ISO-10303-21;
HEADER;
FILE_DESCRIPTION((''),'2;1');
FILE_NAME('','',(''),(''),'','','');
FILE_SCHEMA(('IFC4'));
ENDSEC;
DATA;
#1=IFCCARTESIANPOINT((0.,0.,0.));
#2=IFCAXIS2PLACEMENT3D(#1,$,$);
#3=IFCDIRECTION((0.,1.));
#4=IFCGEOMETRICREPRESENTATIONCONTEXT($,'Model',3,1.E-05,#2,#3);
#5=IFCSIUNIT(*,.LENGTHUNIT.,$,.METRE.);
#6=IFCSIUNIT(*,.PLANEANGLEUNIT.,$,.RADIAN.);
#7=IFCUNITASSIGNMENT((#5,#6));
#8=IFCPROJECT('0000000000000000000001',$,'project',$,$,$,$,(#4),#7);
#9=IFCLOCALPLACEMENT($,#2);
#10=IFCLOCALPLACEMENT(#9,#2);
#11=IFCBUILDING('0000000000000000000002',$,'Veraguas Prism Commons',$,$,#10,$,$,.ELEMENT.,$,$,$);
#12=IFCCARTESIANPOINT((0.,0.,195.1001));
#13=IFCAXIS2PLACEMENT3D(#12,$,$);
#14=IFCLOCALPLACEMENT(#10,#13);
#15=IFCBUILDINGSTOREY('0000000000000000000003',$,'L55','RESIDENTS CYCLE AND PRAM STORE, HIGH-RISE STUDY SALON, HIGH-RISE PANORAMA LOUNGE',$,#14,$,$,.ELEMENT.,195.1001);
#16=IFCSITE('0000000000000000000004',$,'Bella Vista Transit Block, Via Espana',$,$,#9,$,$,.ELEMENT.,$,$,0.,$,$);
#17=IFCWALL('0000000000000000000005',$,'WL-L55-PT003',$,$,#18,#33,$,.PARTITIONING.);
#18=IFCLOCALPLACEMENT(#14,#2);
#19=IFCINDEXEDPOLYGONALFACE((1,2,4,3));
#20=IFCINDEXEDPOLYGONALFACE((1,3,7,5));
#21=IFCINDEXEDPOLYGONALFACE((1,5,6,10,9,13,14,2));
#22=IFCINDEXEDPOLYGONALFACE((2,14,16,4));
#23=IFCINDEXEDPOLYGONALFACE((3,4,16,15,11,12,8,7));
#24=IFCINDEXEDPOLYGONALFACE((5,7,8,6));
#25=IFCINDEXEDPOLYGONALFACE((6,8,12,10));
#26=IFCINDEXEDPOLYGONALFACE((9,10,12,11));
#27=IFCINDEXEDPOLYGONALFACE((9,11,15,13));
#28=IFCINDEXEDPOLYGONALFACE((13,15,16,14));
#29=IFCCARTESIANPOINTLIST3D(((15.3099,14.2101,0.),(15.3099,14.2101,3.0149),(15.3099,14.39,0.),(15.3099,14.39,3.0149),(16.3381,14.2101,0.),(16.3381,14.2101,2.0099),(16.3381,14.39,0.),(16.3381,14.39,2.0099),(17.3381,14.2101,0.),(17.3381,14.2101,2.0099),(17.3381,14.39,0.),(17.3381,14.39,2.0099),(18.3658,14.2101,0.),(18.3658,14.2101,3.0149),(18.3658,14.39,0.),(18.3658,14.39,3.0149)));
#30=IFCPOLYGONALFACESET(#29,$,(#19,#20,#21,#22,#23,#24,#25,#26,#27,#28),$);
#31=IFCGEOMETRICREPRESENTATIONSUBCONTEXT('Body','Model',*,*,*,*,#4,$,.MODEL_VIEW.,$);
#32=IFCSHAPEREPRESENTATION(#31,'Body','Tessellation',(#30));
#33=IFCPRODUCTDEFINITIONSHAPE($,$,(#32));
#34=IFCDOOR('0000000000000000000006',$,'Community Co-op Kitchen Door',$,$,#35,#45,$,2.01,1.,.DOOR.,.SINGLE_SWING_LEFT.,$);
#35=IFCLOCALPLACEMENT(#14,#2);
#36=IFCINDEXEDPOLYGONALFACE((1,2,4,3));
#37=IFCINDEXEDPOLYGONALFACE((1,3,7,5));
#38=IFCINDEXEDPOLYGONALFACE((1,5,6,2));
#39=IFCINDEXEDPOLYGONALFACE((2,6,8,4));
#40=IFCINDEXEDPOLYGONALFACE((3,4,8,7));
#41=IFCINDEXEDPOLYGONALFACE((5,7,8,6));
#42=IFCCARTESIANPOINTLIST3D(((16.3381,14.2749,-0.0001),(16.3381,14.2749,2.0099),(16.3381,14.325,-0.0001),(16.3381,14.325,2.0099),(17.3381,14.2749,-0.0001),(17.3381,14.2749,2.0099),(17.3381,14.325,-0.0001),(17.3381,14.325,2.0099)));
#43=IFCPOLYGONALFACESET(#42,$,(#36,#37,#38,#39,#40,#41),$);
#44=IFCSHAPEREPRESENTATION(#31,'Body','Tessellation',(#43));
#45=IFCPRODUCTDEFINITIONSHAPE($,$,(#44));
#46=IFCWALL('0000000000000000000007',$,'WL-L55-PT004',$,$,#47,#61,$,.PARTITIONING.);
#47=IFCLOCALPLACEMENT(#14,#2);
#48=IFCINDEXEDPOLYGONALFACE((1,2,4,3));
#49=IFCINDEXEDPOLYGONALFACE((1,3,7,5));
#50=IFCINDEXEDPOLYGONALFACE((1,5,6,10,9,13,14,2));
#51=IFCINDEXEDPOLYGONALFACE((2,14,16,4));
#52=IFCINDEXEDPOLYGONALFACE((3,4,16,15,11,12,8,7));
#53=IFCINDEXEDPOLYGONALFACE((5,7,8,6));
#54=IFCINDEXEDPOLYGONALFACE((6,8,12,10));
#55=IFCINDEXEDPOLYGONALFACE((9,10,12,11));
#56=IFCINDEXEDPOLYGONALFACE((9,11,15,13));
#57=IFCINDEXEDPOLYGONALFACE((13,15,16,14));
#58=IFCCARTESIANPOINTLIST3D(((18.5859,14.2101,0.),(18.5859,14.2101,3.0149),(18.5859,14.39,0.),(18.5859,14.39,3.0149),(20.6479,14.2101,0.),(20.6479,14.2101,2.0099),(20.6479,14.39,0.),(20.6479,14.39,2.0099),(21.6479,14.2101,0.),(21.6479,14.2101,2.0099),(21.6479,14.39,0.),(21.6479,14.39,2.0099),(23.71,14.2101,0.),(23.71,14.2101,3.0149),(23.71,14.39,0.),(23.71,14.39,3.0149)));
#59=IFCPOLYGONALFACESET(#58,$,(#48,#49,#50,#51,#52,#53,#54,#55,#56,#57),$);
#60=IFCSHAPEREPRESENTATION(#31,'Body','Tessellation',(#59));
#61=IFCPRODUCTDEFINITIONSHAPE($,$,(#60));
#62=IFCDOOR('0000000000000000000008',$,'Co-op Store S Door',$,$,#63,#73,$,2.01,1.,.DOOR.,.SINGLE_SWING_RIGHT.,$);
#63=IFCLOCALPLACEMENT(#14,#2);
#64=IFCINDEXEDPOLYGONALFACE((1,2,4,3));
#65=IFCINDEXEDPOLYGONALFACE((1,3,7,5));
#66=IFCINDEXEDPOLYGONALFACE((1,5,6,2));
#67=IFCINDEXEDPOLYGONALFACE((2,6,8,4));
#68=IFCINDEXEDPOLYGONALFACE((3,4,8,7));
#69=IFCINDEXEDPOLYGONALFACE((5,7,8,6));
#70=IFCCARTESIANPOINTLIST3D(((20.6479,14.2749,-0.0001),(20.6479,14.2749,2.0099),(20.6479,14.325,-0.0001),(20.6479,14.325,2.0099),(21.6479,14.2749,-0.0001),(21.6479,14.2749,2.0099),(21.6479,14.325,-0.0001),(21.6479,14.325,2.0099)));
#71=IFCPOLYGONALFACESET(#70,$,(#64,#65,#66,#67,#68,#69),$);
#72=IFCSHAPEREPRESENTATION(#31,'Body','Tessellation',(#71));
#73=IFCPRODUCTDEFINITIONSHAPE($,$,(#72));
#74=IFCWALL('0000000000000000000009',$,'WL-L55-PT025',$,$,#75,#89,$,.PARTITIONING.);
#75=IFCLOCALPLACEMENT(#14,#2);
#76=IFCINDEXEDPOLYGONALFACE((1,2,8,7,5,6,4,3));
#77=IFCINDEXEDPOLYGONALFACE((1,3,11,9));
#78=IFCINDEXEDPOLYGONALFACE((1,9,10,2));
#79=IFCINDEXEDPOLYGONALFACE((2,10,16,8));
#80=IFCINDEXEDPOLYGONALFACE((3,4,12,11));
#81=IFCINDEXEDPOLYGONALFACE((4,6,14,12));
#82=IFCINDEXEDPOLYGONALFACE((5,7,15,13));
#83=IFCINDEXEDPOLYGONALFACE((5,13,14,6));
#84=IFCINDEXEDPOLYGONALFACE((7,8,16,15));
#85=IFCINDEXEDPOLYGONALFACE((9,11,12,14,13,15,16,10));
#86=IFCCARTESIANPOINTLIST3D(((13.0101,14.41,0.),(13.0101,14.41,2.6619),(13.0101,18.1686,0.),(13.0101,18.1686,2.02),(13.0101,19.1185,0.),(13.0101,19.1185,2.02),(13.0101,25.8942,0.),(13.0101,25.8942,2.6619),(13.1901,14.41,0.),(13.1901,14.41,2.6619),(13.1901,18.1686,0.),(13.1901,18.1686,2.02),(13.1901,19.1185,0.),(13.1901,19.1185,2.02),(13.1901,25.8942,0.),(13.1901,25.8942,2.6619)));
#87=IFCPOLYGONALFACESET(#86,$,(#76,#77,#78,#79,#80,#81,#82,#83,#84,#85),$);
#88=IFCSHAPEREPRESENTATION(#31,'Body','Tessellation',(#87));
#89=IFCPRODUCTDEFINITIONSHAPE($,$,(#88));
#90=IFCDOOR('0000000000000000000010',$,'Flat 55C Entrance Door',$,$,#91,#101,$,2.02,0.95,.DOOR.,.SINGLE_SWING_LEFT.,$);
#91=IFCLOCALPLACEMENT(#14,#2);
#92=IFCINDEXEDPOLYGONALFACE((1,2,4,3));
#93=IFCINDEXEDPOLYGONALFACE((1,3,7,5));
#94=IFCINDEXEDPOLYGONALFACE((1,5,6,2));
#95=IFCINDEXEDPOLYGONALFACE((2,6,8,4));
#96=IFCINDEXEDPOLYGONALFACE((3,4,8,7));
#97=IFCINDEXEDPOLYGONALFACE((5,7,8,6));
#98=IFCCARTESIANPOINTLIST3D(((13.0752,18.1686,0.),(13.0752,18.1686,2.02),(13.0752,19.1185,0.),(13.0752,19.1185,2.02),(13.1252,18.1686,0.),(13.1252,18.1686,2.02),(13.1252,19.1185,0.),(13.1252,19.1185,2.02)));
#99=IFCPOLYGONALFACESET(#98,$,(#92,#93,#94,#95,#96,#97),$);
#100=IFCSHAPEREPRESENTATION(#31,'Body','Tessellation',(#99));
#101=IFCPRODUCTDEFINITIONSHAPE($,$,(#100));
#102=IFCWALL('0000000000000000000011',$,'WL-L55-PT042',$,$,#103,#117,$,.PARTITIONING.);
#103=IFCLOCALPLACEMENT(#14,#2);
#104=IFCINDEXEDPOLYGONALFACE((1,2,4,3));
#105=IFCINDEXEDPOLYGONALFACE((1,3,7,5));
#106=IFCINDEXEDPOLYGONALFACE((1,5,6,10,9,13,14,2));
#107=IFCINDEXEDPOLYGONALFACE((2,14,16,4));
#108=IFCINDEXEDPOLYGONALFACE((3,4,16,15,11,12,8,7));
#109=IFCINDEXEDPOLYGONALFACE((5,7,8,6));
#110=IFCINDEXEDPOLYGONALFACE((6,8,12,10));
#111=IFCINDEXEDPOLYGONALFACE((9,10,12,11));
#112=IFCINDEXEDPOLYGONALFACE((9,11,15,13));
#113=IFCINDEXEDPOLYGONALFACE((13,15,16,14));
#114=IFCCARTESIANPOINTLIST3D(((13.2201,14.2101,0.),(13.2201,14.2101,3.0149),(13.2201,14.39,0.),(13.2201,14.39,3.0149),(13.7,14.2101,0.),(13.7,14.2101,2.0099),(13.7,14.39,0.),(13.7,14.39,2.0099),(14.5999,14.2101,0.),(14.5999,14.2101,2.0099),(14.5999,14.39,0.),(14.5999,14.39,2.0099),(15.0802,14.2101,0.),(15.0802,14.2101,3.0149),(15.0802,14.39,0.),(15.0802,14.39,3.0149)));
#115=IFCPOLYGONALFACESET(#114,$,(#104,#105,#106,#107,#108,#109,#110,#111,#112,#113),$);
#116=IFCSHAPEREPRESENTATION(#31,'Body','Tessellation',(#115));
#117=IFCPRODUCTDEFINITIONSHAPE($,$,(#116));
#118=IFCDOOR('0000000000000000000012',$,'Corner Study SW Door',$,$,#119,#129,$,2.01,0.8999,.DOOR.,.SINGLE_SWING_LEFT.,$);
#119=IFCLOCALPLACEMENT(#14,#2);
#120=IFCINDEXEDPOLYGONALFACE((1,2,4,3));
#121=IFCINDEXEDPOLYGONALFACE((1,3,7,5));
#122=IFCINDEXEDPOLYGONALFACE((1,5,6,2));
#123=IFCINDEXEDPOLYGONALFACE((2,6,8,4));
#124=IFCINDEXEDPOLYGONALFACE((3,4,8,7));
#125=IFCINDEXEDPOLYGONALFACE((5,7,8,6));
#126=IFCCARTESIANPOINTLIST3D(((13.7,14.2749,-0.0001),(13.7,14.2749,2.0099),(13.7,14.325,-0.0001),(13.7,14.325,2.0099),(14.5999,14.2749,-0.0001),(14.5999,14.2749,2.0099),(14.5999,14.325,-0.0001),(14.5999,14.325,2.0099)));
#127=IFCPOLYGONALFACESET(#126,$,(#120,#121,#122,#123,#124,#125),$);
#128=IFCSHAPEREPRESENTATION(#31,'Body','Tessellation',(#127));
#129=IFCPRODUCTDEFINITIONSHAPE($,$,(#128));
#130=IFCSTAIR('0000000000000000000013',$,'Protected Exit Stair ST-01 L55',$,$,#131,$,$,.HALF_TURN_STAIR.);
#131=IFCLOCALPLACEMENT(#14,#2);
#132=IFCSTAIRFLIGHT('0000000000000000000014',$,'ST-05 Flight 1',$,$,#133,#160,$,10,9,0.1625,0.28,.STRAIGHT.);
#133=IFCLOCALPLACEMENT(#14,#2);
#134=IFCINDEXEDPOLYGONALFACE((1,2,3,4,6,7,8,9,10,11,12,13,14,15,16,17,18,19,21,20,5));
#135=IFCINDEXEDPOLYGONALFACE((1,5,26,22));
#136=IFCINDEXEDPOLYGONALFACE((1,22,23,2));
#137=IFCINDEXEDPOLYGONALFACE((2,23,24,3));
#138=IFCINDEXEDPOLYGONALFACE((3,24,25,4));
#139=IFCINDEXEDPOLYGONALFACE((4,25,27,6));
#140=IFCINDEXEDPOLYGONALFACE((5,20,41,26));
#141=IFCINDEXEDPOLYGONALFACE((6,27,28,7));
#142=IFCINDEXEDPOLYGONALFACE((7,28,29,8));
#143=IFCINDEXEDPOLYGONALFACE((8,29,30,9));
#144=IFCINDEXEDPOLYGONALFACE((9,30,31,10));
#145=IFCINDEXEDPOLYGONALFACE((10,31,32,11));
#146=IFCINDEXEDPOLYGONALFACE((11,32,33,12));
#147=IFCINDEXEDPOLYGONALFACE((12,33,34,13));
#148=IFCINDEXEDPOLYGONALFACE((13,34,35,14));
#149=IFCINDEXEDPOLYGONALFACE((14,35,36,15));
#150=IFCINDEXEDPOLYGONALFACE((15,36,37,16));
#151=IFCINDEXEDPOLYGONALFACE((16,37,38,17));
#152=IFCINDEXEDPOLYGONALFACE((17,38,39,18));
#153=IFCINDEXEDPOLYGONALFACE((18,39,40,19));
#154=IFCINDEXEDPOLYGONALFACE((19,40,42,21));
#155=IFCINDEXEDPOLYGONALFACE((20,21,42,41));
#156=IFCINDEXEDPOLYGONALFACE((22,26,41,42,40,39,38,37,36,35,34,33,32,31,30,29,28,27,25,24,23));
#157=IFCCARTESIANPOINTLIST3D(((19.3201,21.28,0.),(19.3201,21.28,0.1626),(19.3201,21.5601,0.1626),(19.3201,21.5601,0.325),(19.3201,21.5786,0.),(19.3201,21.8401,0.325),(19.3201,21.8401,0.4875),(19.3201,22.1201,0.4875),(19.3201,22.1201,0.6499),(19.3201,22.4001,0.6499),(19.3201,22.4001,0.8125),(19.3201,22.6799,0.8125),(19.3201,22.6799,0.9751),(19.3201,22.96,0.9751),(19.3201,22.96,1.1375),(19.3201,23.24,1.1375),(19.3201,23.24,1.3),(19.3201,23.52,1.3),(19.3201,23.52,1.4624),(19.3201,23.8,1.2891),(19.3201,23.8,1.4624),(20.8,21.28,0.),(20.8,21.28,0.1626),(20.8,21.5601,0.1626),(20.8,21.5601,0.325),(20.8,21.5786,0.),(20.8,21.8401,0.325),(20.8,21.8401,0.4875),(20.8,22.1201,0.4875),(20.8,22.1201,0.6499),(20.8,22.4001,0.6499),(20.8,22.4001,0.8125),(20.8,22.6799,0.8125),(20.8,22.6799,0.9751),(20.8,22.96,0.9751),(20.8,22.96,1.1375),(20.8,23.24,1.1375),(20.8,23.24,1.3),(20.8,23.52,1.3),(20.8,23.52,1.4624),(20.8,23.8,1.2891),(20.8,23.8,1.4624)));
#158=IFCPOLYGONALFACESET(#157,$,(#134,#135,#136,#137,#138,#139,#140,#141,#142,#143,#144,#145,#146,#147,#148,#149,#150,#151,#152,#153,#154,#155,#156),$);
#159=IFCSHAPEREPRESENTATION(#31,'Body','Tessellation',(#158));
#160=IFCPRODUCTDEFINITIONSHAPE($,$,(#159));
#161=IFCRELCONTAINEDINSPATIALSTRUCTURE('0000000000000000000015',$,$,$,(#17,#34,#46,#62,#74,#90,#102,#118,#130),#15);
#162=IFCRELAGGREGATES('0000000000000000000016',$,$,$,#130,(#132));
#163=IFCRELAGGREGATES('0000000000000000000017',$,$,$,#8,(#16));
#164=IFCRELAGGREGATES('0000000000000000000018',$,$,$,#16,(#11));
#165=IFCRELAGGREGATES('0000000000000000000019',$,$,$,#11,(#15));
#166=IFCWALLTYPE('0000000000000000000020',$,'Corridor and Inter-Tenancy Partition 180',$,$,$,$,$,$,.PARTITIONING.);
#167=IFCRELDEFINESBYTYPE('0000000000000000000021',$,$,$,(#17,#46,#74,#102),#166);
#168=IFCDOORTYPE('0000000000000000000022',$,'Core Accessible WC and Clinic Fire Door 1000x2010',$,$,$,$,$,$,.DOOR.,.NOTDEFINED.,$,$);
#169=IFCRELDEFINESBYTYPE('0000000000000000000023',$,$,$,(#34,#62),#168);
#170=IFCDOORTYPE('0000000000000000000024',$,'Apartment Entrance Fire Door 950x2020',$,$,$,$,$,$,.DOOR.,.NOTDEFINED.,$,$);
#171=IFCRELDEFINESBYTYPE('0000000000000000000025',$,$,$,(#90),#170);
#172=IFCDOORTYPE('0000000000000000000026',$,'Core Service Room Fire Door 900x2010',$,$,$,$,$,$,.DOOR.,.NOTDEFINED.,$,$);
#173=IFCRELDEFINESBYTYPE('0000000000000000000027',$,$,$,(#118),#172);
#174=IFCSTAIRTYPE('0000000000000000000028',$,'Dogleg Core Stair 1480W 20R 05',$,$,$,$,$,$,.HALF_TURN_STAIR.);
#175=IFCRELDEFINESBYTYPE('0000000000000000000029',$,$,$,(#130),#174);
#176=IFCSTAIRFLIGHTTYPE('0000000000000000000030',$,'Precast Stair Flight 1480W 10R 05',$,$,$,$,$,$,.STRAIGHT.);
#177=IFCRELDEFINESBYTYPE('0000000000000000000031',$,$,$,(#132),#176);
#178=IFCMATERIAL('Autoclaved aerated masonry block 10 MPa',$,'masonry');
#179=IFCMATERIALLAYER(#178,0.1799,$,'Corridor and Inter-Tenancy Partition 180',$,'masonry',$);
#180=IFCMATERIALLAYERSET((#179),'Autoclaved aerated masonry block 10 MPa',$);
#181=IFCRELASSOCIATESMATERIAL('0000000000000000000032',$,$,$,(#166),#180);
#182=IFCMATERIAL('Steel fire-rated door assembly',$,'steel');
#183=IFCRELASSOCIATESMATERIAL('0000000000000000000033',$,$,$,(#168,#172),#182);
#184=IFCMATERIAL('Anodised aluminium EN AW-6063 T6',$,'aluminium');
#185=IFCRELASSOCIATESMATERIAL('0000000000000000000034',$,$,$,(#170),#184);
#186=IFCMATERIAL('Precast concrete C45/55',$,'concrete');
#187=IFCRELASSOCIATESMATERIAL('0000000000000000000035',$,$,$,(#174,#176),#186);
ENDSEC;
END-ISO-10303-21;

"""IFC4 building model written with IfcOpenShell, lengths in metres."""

from ifc_helpers import new_model, si_unit, direction, frame, frame_2d, origin, place, context, subcontext, project, spatial, polyline, rectangle, outline, extrude, source, transform, mapped, material, layer, layer_set, type_object, element, fill, aggregate, save


model = new_model("IFC4")

# Units and contexts
model_context = context("Model", 3, precision=1e-05, world=origin(), true_north=direction((0.0, 1.0)))
body_context = subcontext(model_context, "Body", "Model", "MODEL_VIEW")
ifc_project = project(units=[si_unit("LENGTHUNIT", "METRE"), si_unit("PLANEANGLEUNIT", "RADIAN")], contexts=[model_context])

# Site, building, storey
site_placement = place(None, origin())
site = spatial("IfcSite", under=ifc_project, at=site_placement, Name="Bella Vista Transit Block, Via Espana", CompositionType="ELEMENT", RefElevation=0.0)
building_placement = place(site_placement, origin())
building = spatial("IfcBuilding", under=site, at=building_placement, Name="Veraguas Prism Commons", CompositionType="ELEMENT")
storey_placement = place(building_placement, frame((0.0, 0.0, 195.1001)))
storey = spatial("IfcBuildingStorey", under=building, at=storey_placement, Name="L55", Description="RESIDENTS CYCLE AND PRAM STORE, HIGH-RISE STUDY SALON, HIGH-RISE PANORAMA LOUNGE", CompositionType="ELEMENT", Elevation=195.1001)

# Shared definitions
ifc_material_1 = material(Name="Steel fire-rated door assembly", Category="steel")

# Walls, openings, doors
ifc_material_2 = material(Name="Autoclaved aerated masonry block 10 MPa", Category="masonry")
ifc_layer_1 = layer(ifc_material_2, 0.1799, Name="Corridor and Inter-Tenancy Partition 180", Category="masonry")
ifc_layer_set_1 = layer_set([ifc_layer_1], Name="Autoclaved aerated masonry block 10 MPa")
wall_type_1 = type_object("IfcWallType", Name="Corridor and Inter-Tenancy Partition 180", PredefinedType="PARTITIONING", material=ifc_layer_set_1)
wall_1_placement = place(storey_placement, frame((15.3101, 14.3, 0.0), z_axis=(0.0, 0.0, 1.0), x_axis=(1.0, 0.0, 0.0)))
wall_1 = element("IfcWall", 1, at=wall_1_placement, inside=storey, type_object=wall_type_1, Name="WL-L55-PT003", PredefinedType="PARTITIONING", context=body_context, shape_type="SweptSolid", body=[
    extrude(rectangle(XDim=3.0559, YDim=0.1799, at=frame_2d((1.5278, 0.0))), origin(), (0.0, 0.0, 1.0), 3.0149),
])
opening_1_placement = place(wall_1_placement, frame((1.0281, 0.0, 0.0)))
opening_1 = element("IfcOpeningElement", 2, at=opening_1_placement, cuts=wall_1, PredefinedType="OPENING", context=body_context, shape_type="SweptSolid", body=[
    extrude(rectangle(XDim=1.0, YDim=2.01, at=frame_2d((0.5, 1.0049))), frame((0.0, 0.0999, 0.0), z_axis=(0.0, -1.0, 0.0), x_axis=(1.0, 0.0, 0.0)), (0.0, 0.0, 1.0), 0.2),
])
door_type_1 = type_object("IfcDoorType", Name="Core Accessible WC and Clinic Fire Door 1000x2010", OperationType="NOTDEFINED", PredefinedType="DOOR", material=ifc_material_1)
shared_shape_1 = source(origin(), body_context, "Body", "SweptSolid", [
    extrude(rectangle(XDim=1.0, YDim=2.01, at=frame_2d((0.5, 1.0049))), frame((0.0, 0.0249, 0.0), z_axis=(0.0, -1.0, 0.0), x_axis=(1.0, 0.0, 0.0)), (0.0, 0.0, 1.0), 0.05),
])
door_1_placement = place(opening_1_placement, origin())
door_1 = element("IfcDoor", 3, at=door_1_placement, inside=storey, type_object=door_type_1, Name="Community Co-op Kitchen Door", OperationType="SINGLE_SWING_LEFT", OverallHeight=2.01, OverallWidth=1.0, PredefinedType="DOOR", context=body_context, shape_type="MappedRepresentation", body=[
    mapped(shared_shape_1, transform((0.0, 0.0, 0.0), scale=1.0)),
])
fill(opening_1, door_1)
wall_2_placement = place(storey_placement, frame((18.5859, 14.3, 0.0), z_axis=(0.0, 0.0, 1.0), x_axis=(1.0, 0.0, 0.0)))
wall_2 = element("IfcWall", 4, at=wall_2_placement, inside=storey, type_object=wall_type_1, Name="WL-L55-PT004", PredefinedType="PARTITIONING", context=body_context, shape_type="SweptSolid", body=[
    extrude(rectangle(XDim=5.124, YDim=0.1799, at=frame_2d((2.562, 0.0))), origin(), (0.0, 0.0, 1.0), 3.0149),
])
opening_2_placement = place(wall_2_placement, frame((2.062, 0.0, 0.0)))
opening_2 = element("IfcOpeningElement", 5, at=opening_2_placement, cuts=wall_2, PredefinedType="OPENING", context=body_context, shape_type="SweptSolid", body=[
    extrude(rectangle(XDim=1.0, YDim=2.01, at=frame_2d((0.5, 1.0049))), frame((0.0, 0.0999, 0.0), z_axis=(0.0, -1.0, 0.0), x_axis=(1.0, 0.0, 0.0)), (0.0, 0.0, 1.0), 0.2),
])
door_2_placement = place(opening_2_placement, origin())
door_2 = element("IfcDoor", 6, at=door_2_placement, inside=storey, type_object=door_type_1, Name="Co-op Store S Door", OperationType="SINGLE_SWING_RIGHT", OverallHeight=2.01, OverallWidth=1.0, PredefinedType="DOOR", context=body_context, shape_type="MappedRepresentation", body=[
    mapped(shared_shape_1, transform((0.0, 0.0, 0.0), scale=1.0)),
])
fill(opening_2, door_2)
wall_3_placement = place(storey_placement, frame((13.1001, 14.4099, 0.0), z_axis=(0.0, 0.0, 1.0), x_axis=(0.0, 1.0, 0.0)))
wall_3 = element("IfcWall", 7, at=wall_3_placement, inside=storey, type_object=wall_type_1, Name="WL-L55-PT025", PredefinedType="PARTITIONING", context=body_context, shape_type="SweptSolid", body=[
    extrude(rectangle(XDim=11.4841, YDim=0.1799, at=frame_2d((5.7422, 0.0))), origin(), (0.0, 0.0, 1.0), 2.6619),
])
opening_3_placement = place(wall_3_placement, frame((3.7585, 0.0, 0.0)))
opening_3 = element("IfcOpeningElement", 8, at=opening_3_placement, cuts=wall_3, PredefinedType="OPENING", context=body_context, shape_type="SweptSolid", body=[
    extrude(rectangle(XDim=0.95, YDim=2.02, at=frame_2d((0.4751, 1.01))), frame((0.0, 0.0999, 0.0), z_axis=(0.0, -1.0, 0.0), x_axis=(1.0, 0.0, 0.0)), (0.0, 0.0, 1.0), 0.2),
])
ifc_material_3 = material(Name="Anodised aluminium EN AW-6063 T6", Category="aluminium")
door_type_2 = type_object("IfcDoorType", Name="Apartment Entrance Fire Door 950x2020", OperationType="NOTDEFINED", PredefinedType="DOOR", material=ifc_material_3)
shared_shape_2 = source(origin(), body_context, "Body", "SweptSolid", [
    extrude(rectangle(XDim=0.95, YDim=2.02, at=frame_2d((0.4751, 1.01))), frame((0.0, 0.0249, 0.0), z_axis=(0.0, -1.0, 0.0), x_axis=(1.0, 0.0, 0.0)), (0.0, 0.0, 1.0), 0.05),
])
door_3_placement = place(opening_3_placement, origin())
door_3 = element("IfcDoor", 9, at=door_3_placement, inside=storey, type_object=door_type_2, Name="Flat 55C Entrance Door", OperationType="SINGLE_SWING_LEFT", OverallHeight=2.02, OverallWidth=0.95, PredefinedType="DOOR", context=body_context, shape_type="MappedRepresentation", body=[
    mapped(shared_shape_2, transform((0.0, 0.0, 0.0), scale=1.0)),
])
fill(opening_3, door_3)
wall_4_placement = place(storey_placement, frame((13.22, 14.3, 0.0), z_axis=(0.0, 0.0, 1.0), x_axis=(1.0, 0.0, 0.0)))
wall_4 = element("IfcWall", 10, at=wall_4_placement, inside=storey, type_object=wall_type_1, Name="WL-L55-PT042", PredefinedType="PARTITIONING", context=body_context, shape_type="SweptSolid", body=[
    extrude(rectangle(XDim=1.8601, YDim=0.1799, at=frame_2d((0.9302, 0.0))), origin(), (0.0, 0.0, 1.0), 3.0149),
])
opening_4_placement = place(wall_4_placement, frame((0.48, 0.0, 0.0)))
opening_4 = element("IfcOpeningElement", 11, at=opening_4_placement, cuts=wall_4, PredefinedType="OPENING", context=body_context, shape_type="SweptSolid", body=[
    extrude(rectangle(XDim=0.8999, YDim=2.01, at=frame_2d((0.45, 1.0049))), frame((0.0, 0.0999, 0.0), z_axis=(0.0, -1.0, 0.0), x_axis=(1.0, 0.0, 0.0)), (0.0, 0.0, 1.0), 0.2),
])
door_type_3 = type_object("IfcDoorType", Name="Core Service Room Fire Door 900x2010", OperationType="NOTDEFINED", PredefinedType="DOOR", material=ifc_material_1)
shared_shape_3 = source(origin(), body_context, "Body", "SweptSolid", [
    extrude(rectangle(XDim=0.8999, YDim=2.01, at=frame_2d((0.45, 1.0049))), frame((0.0, 0.0249, 0.0), z_axis=(0.0, -1.0, 0.0), x_axis=(1.0, 0.0, 0.0)), (0.0, 0.0, 1.0), 0.05),
])
door_4_placement = place(opening_4_placement, origin())
door_4 = element("IfcDoor", 12, at=door_4_placement, inside=storey, type_object=door_type_3, Name="Corner Study SW Door", OperationType="SINGLE_SWING_LEFT", OverallHeight=2.01, OverallWidth=0.8999, PredefinedType="DOOR", context=body_context, shape_type="MappedRepresentation", body=[
    mapped(shared_shape_3, transform((0.0, 0.0, 0.0), scale=1.0)),
])
fill(opening_4, door_4)

# Stair, stair flight
ifc_material_4 = material(Name="Precast concrete C45/55", Category="concrete")
stair_type = type_object("IfcStairType", Name="Dogleg Core Stair 1480W 20R 05", PredefinedType="HALF_TURN_STAIR", material=ifc_material_4)
stair_placement = place(storey_placement, origin())
stair = element("IfcStair", 13, at=stair_placement, inside=storey, type_object=stair_type, Name="Protected Exit Stair ST-01 L55", PredefinedType="HALF_TURN_STAIR")
stair_flight_type = type_object("IfcStairFlightType", Name="Precast Stair Flight 1480W 10R 05", PredefinedType="STRAIGHT", material=ifc_material_4)
stair_flight_placement = place(storey_placement, frame((20.0601, 21.28, 0.0), z_axis=(0.0, 0.0, 1.0), x_axis=(0.0, 1.0, 0.0)))
stair_flight = element("IfcStairFlight", 14, at=stair_flight_placement, type_object=stair_flight_type, Name="ST-05 Flight 1", NumberOfRisers=10, NumberOfTreads=9, PredefinedType="STRAIGHT", RiserHeight=0.1625, TreadLength=0.28, context=body_context, shape_type="SweptSolid", body=[
    extrude(outline(polyline([(0.0, 0.0), (0.0, 0.1626), (0.28, 0.1626), (0.28, 0.325), (0.5601, 0.325), (0.5601, 0.4875), (0.8401, 0.4875), (0.8401, 0.6499), (1.1201, 0.6499), (1.1201, 0.8125), (1.3999, 0.8125), (1.3999, 0.9751), (1.6799, 0.9751), (1.6799, 1.1375), (1.96, 1.1375), (1.96, 1.3), (2.24, 1.3), (2.24, 1.4624), (2.52, 1.4624), (2.52, 1.625), (2.52, 1.2891), (0.2986, 0.0), (0.0, 0.0)])), frame((0.0, 0.74, 0.0), z_axis=(0.0, -1.0, 0.0), x_axis=(1.0, 0.0, 0.0)), (0.0, 0.0, 1.0), 1.48),
])
aggregate(stair, [stair_flight])

save(model, "model.ifc")
